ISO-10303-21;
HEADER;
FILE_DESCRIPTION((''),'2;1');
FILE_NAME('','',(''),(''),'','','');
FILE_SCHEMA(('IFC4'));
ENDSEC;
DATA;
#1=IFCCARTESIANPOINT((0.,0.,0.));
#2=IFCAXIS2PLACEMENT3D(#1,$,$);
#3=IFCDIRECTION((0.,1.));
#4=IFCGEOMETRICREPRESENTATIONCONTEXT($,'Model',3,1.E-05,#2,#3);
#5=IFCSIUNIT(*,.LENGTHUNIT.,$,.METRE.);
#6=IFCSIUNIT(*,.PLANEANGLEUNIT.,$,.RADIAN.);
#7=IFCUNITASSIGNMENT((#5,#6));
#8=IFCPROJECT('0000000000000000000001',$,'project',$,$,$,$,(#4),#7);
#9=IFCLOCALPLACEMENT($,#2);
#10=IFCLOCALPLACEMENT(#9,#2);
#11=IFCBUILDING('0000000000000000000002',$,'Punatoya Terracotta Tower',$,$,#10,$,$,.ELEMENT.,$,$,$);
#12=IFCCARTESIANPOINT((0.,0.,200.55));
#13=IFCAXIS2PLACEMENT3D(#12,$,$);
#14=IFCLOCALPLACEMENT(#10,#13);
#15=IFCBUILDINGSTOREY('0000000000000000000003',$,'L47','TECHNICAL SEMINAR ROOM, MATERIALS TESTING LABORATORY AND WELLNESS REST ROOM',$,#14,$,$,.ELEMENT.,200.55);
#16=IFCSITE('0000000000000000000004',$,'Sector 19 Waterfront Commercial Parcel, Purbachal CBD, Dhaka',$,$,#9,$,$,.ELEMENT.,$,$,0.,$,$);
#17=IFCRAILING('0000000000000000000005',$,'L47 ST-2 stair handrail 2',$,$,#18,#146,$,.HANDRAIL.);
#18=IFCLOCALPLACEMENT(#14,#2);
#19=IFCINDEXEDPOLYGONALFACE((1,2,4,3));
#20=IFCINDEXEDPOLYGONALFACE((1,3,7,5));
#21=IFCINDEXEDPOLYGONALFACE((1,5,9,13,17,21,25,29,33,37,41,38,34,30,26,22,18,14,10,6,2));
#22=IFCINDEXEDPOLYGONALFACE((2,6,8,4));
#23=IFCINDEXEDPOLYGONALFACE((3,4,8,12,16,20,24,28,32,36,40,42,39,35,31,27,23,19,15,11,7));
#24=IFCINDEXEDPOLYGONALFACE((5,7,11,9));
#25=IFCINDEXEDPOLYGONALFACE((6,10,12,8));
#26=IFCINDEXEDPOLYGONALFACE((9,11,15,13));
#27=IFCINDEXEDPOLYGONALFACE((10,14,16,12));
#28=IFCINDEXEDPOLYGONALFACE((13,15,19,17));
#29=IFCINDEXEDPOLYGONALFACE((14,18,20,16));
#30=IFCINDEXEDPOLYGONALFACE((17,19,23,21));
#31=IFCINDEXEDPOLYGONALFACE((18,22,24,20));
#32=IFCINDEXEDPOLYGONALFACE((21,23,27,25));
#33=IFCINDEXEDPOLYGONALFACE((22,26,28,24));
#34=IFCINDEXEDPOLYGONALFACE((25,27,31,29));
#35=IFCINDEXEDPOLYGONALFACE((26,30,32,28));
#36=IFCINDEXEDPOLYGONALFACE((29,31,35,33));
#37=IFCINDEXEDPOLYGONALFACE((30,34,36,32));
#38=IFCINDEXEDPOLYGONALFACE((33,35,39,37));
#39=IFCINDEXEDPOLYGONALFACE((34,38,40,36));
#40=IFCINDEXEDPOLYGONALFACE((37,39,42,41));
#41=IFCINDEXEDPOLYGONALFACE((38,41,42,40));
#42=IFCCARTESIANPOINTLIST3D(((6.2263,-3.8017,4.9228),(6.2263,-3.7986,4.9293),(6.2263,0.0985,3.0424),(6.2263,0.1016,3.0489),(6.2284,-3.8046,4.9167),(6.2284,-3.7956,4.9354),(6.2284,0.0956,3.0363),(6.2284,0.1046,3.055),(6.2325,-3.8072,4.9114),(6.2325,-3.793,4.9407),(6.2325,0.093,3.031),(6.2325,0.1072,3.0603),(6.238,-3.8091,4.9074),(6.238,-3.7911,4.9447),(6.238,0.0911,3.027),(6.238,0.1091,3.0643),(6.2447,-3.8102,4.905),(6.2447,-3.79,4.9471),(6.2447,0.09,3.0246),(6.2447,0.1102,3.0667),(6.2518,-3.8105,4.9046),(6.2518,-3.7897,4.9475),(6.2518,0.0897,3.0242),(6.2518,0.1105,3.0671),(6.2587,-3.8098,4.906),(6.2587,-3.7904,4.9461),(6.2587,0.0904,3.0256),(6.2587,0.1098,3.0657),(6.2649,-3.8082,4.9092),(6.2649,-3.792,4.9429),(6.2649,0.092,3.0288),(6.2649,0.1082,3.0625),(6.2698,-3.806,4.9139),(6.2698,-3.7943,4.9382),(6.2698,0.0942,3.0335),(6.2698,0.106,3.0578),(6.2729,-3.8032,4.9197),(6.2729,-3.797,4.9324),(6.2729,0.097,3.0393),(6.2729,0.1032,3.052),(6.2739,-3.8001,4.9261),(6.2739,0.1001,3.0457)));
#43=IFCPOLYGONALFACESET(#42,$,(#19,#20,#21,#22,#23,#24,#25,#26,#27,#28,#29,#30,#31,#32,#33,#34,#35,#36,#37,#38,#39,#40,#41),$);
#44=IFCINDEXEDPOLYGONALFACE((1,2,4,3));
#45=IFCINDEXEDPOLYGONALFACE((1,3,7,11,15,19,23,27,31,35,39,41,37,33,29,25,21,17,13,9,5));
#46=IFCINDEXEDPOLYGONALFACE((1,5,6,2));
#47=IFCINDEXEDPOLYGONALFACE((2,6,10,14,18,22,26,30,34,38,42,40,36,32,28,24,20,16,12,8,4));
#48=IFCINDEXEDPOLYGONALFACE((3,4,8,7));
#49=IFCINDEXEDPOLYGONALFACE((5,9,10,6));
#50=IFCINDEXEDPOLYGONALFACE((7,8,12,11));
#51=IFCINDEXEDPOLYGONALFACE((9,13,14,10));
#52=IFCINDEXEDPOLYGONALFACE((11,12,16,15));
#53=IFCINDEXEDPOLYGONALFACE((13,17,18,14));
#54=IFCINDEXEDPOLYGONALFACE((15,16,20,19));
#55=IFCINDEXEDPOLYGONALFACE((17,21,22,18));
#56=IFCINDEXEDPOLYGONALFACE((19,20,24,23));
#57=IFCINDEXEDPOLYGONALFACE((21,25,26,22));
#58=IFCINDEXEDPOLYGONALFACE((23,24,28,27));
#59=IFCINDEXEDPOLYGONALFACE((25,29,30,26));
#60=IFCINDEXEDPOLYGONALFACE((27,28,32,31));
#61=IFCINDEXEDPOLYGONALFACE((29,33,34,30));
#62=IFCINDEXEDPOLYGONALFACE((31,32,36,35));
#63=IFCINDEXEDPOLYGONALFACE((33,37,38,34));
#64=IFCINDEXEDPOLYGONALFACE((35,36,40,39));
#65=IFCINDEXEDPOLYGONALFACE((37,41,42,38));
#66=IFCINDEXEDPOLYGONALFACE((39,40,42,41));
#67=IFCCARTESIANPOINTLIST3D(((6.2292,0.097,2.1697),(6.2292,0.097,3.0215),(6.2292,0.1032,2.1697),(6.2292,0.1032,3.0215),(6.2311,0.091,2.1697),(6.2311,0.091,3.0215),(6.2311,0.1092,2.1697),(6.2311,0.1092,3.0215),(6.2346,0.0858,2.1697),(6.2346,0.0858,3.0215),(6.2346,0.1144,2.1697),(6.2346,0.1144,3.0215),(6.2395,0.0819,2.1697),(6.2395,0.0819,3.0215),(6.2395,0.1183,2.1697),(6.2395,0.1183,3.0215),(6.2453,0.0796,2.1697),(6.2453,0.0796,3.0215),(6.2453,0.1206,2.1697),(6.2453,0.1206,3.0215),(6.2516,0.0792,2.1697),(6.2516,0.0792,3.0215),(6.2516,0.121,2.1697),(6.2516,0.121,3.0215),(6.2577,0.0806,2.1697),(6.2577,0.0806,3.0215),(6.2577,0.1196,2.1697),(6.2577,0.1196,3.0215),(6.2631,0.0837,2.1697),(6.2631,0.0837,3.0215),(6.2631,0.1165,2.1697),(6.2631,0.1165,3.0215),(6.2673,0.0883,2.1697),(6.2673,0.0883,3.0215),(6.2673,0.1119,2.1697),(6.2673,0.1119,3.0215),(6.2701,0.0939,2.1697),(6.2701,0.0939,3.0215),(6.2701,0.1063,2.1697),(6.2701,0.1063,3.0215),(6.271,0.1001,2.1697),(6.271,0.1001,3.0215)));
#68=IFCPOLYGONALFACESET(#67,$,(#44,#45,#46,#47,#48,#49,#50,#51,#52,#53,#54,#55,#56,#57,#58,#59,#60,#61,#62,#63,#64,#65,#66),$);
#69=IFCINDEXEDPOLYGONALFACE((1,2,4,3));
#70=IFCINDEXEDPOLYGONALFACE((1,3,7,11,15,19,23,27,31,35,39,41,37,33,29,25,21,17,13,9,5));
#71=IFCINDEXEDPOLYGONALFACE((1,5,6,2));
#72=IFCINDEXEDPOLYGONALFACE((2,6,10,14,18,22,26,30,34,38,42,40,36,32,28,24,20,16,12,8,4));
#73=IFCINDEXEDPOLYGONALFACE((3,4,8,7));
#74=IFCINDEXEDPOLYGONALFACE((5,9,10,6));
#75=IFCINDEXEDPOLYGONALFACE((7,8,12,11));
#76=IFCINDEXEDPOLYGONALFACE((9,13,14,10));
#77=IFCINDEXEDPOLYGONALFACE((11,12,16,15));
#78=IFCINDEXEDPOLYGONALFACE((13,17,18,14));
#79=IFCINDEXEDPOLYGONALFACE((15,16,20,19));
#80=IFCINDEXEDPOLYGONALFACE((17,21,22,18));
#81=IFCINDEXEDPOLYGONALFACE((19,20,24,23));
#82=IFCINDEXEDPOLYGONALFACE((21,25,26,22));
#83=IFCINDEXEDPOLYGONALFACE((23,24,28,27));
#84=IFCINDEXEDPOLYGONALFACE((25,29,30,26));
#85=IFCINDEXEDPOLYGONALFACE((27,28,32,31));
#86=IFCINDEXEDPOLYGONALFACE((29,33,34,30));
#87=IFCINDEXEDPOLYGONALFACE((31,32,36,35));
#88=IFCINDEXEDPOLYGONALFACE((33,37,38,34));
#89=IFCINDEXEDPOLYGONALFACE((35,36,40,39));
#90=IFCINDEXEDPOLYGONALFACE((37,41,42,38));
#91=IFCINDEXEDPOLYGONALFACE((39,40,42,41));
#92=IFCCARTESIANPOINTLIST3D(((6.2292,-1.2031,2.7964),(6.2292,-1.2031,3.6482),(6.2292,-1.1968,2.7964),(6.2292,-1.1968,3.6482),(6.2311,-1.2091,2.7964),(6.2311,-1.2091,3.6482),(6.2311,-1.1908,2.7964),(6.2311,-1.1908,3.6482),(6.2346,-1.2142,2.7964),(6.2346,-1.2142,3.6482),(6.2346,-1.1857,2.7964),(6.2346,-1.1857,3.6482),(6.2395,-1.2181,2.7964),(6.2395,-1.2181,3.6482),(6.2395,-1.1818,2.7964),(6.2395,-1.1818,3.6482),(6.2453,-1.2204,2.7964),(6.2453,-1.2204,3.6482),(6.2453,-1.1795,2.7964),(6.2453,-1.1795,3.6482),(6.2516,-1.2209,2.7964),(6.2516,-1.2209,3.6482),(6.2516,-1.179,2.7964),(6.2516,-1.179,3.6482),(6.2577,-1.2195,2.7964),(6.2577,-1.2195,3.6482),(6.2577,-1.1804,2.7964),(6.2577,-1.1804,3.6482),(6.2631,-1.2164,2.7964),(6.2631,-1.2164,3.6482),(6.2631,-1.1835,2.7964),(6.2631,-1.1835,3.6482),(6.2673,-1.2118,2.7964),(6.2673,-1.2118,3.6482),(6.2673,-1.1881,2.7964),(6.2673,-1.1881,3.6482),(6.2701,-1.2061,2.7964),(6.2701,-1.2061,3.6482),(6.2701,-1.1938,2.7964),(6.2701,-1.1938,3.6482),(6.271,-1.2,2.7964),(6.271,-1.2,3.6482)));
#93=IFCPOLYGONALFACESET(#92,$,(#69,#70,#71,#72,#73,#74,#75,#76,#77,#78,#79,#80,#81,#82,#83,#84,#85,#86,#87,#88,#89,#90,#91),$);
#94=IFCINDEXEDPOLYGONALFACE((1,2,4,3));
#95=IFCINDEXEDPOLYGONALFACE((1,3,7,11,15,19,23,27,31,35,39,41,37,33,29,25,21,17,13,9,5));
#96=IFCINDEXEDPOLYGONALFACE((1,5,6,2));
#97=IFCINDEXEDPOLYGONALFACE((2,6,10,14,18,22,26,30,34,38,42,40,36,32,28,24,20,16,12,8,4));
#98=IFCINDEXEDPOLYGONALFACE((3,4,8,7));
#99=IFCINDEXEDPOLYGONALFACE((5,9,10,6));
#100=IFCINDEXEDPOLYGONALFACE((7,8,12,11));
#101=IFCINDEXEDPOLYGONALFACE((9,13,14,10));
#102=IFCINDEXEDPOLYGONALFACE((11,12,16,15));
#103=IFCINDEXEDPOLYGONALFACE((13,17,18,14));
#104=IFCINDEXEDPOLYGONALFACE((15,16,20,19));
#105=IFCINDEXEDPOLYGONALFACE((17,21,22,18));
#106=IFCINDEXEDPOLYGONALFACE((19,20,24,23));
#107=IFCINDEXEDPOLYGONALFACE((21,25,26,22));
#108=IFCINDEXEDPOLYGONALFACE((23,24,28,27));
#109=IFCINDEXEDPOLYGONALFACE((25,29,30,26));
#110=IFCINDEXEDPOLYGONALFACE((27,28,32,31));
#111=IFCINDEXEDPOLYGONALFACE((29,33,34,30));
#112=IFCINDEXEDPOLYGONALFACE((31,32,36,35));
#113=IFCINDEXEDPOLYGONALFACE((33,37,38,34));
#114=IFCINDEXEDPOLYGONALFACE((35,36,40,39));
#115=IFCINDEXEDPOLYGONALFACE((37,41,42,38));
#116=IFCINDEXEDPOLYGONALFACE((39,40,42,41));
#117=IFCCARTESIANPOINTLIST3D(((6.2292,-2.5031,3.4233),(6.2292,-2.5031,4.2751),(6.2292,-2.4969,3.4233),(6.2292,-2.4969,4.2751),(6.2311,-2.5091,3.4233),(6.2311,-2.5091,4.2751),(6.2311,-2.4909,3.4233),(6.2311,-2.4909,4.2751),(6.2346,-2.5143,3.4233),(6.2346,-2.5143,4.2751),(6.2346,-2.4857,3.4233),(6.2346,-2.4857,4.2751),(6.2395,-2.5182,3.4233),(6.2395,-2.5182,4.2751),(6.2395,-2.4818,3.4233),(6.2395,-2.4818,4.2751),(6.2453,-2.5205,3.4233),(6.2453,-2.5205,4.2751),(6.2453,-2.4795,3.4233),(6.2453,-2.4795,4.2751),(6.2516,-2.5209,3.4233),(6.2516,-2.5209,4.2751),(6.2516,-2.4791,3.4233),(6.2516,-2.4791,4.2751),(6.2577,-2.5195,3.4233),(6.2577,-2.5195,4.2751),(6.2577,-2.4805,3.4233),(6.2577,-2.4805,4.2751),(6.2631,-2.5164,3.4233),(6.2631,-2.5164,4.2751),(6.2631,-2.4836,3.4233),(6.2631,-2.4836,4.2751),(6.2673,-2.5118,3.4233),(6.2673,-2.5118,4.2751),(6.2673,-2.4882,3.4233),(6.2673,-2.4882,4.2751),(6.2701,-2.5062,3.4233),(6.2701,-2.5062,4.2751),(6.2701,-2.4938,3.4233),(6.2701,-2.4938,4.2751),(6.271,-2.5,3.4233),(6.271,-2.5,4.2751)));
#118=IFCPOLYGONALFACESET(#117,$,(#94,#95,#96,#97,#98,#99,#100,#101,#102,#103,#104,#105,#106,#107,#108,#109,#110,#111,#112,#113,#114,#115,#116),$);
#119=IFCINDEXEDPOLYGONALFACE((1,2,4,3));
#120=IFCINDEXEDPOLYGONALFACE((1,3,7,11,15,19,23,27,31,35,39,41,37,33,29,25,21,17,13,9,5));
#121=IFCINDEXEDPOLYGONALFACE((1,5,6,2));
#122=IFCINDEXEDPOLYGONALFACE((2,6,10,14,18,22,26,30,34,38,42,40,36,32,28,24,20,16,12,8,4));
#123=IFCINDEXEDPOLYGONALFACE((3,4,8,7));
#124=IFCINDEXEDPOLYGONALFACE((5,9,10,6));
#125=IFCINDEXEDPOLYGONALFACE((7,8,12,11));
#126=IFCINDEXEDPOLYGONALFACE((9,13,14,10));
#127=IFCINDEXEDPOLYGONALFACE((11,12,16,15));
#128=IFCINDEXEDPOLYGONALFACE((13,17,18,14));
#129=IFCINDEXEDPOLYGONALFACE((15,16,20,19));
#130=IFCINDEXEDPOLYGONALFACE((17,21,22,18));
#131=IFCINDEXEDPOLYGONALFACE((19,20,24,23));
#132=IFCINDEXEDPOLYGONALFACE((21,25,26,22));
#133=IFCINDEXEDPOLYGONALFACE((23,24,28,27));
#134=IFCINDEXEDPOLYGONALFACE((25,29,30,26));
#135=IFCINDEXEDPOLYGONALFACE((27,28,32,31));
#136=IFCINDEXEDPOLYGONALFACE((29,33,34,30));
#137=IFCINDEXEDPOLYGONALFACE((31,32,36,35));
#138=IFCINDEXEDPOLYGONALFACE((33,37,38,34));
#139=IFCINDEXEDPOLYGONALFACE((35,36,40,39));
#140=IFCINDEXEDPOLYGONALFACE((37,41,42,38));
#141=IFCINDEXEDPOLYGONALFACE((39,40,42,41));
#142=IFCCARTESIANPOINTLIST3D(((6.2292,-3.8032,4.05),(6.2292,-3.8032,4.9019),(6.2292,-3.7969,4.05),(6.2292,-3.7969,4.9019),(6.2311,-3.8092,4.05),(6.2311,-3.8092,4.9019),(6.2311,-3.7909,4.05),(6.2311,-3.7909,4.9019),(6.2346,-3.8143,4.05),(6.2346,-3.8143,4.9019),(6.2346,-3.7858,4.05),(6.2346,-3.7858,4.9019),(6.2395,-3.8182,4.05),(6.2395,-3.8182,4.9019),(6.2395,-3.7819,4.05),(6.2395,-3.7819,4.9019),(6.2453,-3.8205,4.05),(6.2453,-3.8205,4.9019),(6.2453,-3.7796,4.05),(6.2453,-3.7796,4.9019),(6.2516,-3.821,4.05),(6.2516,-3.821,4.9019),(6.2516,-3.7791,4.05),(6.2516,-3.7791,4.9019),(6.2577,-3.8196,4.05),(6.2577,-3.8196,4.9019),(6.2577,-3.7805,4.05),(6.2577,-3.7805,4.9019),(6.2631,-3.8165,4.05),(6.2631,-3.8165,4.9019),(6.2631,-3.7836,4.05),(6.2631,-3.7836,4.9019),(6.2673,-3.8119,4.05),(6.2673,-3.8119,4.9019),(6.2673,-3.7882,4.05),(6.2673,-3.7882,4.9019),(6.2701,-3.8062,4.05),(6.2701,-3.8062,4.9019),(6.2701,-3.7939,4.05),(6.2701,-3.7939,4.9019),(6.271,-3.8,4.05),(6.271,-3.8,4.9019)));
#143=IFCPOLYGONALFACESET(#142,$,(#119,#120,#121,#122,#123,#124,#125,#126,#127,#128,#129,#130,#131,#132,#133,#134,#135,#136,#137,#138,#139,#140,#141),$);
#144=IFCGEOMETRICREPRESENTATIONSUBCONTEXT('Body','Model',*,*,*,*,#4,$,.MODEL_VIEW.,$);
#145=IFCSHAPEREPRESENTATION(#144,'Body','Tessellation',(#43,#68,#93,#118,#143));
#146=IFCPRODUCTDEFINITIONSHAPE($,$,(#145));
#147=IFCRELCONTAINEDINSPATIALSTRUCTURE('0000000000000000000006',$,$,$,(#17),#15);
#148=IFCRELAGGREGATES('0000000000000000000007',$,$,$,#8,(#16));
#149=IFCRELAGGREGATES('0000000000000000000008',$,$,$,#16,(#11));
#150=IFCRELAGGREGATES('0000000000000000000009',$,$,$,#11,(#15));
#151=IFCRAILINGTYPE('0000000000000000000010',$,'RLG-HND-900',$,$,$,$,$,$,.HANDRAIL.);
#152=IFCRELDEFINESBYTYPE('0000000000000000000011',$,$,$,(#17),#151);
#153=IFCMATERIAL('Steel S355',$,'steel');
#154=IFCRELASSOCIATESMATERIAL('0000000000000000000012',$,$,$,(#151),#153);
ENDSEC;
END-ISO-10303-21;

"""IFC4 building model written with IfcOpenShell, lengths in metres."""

from ifc_helpers import new_model, si_unit, direction, frame, origin, origin_2d, place, context, subcontext, project, spatial, circle, extrude, material, type_object, element, save


model = new_model("IFC4")

# Units and contexts
model_context = context("Model", 3, precision=1e-05, world=origin(), true_north=direction((0.0, 1.0)))
body_context = subcontext(model_context, "Body", "Model", "MODEL_VIEW")
ifc_project = project(units=[si_unit("LENGTHUNIT", "METRE"), si_unit("PLANEANGLEUNIT", "RADIAN")], contexts=[model_context])

# Site, building, storey
site_placement = place(None, origin())
site = spatial("IfcSite", under=ifc_project, at=site_placement, Name="Sector 19 Waterfront Commercial Parcel, Purbachal CBD, Dhaka", CompositionType="ELEMENT", RefElevation=0.0)
building_placement = place(site_placement, origin())
building = spatial("IfcBuilding", under=site, at=building_placement, Name="Punatoya Terracotta Tower", CompositionType="ELEMENT")
storey_placement = place(building_placement, frame((0.0, 0.0, 200.55)))
storey = spatial("IfcBuildingStorey", under=building, at=storey_placement, Name="L47", Description="TECHNICAL SEMINAR ROOM, MATERIALS TESTING LABORATORY AND WELLNESS REST ROOM", CompositionType="ELEMENT", Elevation=200.55)

# Shared definitions
ifc_material_1 = material(Name="Steel S355", Category="steel")

# Railing
railing_type_1 = type_object("IfcRailingType", Name="RLG-HND-900", PredefinedType="HANDRAIL", material=ifc_material_1)
railing_1_placement = place(storey_placement, frame((6.25, 0.1001, 2.1697)))
element("IfcRailing", 1, at=railing_1_placement, inside=storey, type_object=railing_type_1, Name="L47 ST-2 stair handrail 2", PredefinedType="HANDRAIL", context=body_context, shape_type="SweptSolid", body=[
    extrude(circle(Radius=0.0239, at=origin_2d()), frame((0.0, 0.0, 0.876), z_axis=(0.0, -0.900774, 0.434289), x_axis=(1.0, 0.0, 0.0)), (0.0, 0.0, 1.0), 4.3298),
    extrude(circle(Radius=0.021, at=origin_2d()), origin(), (0.0, 0.0, 1.0), 0.8518),
    extrude(circle(Radius=0.021, at=origin_2d()), frame((0.0, -1.3, 0.6267)), (0.0, 0.0, 1.0), 0.8518),
    extrude(circle(Radius=0.021, at=origin_2d()), frame((0.0, -2.6001, 1.2537)), (0.0, 0.0, 1.0), 0.8518),
    extrude(circle(Radius=0.021, at=origin_2d()), frame((0.0, -3.9001, 1.8804)), (0.0, 0.0, 1.0), 0.8518),
])

save(model, "model.ifc")
